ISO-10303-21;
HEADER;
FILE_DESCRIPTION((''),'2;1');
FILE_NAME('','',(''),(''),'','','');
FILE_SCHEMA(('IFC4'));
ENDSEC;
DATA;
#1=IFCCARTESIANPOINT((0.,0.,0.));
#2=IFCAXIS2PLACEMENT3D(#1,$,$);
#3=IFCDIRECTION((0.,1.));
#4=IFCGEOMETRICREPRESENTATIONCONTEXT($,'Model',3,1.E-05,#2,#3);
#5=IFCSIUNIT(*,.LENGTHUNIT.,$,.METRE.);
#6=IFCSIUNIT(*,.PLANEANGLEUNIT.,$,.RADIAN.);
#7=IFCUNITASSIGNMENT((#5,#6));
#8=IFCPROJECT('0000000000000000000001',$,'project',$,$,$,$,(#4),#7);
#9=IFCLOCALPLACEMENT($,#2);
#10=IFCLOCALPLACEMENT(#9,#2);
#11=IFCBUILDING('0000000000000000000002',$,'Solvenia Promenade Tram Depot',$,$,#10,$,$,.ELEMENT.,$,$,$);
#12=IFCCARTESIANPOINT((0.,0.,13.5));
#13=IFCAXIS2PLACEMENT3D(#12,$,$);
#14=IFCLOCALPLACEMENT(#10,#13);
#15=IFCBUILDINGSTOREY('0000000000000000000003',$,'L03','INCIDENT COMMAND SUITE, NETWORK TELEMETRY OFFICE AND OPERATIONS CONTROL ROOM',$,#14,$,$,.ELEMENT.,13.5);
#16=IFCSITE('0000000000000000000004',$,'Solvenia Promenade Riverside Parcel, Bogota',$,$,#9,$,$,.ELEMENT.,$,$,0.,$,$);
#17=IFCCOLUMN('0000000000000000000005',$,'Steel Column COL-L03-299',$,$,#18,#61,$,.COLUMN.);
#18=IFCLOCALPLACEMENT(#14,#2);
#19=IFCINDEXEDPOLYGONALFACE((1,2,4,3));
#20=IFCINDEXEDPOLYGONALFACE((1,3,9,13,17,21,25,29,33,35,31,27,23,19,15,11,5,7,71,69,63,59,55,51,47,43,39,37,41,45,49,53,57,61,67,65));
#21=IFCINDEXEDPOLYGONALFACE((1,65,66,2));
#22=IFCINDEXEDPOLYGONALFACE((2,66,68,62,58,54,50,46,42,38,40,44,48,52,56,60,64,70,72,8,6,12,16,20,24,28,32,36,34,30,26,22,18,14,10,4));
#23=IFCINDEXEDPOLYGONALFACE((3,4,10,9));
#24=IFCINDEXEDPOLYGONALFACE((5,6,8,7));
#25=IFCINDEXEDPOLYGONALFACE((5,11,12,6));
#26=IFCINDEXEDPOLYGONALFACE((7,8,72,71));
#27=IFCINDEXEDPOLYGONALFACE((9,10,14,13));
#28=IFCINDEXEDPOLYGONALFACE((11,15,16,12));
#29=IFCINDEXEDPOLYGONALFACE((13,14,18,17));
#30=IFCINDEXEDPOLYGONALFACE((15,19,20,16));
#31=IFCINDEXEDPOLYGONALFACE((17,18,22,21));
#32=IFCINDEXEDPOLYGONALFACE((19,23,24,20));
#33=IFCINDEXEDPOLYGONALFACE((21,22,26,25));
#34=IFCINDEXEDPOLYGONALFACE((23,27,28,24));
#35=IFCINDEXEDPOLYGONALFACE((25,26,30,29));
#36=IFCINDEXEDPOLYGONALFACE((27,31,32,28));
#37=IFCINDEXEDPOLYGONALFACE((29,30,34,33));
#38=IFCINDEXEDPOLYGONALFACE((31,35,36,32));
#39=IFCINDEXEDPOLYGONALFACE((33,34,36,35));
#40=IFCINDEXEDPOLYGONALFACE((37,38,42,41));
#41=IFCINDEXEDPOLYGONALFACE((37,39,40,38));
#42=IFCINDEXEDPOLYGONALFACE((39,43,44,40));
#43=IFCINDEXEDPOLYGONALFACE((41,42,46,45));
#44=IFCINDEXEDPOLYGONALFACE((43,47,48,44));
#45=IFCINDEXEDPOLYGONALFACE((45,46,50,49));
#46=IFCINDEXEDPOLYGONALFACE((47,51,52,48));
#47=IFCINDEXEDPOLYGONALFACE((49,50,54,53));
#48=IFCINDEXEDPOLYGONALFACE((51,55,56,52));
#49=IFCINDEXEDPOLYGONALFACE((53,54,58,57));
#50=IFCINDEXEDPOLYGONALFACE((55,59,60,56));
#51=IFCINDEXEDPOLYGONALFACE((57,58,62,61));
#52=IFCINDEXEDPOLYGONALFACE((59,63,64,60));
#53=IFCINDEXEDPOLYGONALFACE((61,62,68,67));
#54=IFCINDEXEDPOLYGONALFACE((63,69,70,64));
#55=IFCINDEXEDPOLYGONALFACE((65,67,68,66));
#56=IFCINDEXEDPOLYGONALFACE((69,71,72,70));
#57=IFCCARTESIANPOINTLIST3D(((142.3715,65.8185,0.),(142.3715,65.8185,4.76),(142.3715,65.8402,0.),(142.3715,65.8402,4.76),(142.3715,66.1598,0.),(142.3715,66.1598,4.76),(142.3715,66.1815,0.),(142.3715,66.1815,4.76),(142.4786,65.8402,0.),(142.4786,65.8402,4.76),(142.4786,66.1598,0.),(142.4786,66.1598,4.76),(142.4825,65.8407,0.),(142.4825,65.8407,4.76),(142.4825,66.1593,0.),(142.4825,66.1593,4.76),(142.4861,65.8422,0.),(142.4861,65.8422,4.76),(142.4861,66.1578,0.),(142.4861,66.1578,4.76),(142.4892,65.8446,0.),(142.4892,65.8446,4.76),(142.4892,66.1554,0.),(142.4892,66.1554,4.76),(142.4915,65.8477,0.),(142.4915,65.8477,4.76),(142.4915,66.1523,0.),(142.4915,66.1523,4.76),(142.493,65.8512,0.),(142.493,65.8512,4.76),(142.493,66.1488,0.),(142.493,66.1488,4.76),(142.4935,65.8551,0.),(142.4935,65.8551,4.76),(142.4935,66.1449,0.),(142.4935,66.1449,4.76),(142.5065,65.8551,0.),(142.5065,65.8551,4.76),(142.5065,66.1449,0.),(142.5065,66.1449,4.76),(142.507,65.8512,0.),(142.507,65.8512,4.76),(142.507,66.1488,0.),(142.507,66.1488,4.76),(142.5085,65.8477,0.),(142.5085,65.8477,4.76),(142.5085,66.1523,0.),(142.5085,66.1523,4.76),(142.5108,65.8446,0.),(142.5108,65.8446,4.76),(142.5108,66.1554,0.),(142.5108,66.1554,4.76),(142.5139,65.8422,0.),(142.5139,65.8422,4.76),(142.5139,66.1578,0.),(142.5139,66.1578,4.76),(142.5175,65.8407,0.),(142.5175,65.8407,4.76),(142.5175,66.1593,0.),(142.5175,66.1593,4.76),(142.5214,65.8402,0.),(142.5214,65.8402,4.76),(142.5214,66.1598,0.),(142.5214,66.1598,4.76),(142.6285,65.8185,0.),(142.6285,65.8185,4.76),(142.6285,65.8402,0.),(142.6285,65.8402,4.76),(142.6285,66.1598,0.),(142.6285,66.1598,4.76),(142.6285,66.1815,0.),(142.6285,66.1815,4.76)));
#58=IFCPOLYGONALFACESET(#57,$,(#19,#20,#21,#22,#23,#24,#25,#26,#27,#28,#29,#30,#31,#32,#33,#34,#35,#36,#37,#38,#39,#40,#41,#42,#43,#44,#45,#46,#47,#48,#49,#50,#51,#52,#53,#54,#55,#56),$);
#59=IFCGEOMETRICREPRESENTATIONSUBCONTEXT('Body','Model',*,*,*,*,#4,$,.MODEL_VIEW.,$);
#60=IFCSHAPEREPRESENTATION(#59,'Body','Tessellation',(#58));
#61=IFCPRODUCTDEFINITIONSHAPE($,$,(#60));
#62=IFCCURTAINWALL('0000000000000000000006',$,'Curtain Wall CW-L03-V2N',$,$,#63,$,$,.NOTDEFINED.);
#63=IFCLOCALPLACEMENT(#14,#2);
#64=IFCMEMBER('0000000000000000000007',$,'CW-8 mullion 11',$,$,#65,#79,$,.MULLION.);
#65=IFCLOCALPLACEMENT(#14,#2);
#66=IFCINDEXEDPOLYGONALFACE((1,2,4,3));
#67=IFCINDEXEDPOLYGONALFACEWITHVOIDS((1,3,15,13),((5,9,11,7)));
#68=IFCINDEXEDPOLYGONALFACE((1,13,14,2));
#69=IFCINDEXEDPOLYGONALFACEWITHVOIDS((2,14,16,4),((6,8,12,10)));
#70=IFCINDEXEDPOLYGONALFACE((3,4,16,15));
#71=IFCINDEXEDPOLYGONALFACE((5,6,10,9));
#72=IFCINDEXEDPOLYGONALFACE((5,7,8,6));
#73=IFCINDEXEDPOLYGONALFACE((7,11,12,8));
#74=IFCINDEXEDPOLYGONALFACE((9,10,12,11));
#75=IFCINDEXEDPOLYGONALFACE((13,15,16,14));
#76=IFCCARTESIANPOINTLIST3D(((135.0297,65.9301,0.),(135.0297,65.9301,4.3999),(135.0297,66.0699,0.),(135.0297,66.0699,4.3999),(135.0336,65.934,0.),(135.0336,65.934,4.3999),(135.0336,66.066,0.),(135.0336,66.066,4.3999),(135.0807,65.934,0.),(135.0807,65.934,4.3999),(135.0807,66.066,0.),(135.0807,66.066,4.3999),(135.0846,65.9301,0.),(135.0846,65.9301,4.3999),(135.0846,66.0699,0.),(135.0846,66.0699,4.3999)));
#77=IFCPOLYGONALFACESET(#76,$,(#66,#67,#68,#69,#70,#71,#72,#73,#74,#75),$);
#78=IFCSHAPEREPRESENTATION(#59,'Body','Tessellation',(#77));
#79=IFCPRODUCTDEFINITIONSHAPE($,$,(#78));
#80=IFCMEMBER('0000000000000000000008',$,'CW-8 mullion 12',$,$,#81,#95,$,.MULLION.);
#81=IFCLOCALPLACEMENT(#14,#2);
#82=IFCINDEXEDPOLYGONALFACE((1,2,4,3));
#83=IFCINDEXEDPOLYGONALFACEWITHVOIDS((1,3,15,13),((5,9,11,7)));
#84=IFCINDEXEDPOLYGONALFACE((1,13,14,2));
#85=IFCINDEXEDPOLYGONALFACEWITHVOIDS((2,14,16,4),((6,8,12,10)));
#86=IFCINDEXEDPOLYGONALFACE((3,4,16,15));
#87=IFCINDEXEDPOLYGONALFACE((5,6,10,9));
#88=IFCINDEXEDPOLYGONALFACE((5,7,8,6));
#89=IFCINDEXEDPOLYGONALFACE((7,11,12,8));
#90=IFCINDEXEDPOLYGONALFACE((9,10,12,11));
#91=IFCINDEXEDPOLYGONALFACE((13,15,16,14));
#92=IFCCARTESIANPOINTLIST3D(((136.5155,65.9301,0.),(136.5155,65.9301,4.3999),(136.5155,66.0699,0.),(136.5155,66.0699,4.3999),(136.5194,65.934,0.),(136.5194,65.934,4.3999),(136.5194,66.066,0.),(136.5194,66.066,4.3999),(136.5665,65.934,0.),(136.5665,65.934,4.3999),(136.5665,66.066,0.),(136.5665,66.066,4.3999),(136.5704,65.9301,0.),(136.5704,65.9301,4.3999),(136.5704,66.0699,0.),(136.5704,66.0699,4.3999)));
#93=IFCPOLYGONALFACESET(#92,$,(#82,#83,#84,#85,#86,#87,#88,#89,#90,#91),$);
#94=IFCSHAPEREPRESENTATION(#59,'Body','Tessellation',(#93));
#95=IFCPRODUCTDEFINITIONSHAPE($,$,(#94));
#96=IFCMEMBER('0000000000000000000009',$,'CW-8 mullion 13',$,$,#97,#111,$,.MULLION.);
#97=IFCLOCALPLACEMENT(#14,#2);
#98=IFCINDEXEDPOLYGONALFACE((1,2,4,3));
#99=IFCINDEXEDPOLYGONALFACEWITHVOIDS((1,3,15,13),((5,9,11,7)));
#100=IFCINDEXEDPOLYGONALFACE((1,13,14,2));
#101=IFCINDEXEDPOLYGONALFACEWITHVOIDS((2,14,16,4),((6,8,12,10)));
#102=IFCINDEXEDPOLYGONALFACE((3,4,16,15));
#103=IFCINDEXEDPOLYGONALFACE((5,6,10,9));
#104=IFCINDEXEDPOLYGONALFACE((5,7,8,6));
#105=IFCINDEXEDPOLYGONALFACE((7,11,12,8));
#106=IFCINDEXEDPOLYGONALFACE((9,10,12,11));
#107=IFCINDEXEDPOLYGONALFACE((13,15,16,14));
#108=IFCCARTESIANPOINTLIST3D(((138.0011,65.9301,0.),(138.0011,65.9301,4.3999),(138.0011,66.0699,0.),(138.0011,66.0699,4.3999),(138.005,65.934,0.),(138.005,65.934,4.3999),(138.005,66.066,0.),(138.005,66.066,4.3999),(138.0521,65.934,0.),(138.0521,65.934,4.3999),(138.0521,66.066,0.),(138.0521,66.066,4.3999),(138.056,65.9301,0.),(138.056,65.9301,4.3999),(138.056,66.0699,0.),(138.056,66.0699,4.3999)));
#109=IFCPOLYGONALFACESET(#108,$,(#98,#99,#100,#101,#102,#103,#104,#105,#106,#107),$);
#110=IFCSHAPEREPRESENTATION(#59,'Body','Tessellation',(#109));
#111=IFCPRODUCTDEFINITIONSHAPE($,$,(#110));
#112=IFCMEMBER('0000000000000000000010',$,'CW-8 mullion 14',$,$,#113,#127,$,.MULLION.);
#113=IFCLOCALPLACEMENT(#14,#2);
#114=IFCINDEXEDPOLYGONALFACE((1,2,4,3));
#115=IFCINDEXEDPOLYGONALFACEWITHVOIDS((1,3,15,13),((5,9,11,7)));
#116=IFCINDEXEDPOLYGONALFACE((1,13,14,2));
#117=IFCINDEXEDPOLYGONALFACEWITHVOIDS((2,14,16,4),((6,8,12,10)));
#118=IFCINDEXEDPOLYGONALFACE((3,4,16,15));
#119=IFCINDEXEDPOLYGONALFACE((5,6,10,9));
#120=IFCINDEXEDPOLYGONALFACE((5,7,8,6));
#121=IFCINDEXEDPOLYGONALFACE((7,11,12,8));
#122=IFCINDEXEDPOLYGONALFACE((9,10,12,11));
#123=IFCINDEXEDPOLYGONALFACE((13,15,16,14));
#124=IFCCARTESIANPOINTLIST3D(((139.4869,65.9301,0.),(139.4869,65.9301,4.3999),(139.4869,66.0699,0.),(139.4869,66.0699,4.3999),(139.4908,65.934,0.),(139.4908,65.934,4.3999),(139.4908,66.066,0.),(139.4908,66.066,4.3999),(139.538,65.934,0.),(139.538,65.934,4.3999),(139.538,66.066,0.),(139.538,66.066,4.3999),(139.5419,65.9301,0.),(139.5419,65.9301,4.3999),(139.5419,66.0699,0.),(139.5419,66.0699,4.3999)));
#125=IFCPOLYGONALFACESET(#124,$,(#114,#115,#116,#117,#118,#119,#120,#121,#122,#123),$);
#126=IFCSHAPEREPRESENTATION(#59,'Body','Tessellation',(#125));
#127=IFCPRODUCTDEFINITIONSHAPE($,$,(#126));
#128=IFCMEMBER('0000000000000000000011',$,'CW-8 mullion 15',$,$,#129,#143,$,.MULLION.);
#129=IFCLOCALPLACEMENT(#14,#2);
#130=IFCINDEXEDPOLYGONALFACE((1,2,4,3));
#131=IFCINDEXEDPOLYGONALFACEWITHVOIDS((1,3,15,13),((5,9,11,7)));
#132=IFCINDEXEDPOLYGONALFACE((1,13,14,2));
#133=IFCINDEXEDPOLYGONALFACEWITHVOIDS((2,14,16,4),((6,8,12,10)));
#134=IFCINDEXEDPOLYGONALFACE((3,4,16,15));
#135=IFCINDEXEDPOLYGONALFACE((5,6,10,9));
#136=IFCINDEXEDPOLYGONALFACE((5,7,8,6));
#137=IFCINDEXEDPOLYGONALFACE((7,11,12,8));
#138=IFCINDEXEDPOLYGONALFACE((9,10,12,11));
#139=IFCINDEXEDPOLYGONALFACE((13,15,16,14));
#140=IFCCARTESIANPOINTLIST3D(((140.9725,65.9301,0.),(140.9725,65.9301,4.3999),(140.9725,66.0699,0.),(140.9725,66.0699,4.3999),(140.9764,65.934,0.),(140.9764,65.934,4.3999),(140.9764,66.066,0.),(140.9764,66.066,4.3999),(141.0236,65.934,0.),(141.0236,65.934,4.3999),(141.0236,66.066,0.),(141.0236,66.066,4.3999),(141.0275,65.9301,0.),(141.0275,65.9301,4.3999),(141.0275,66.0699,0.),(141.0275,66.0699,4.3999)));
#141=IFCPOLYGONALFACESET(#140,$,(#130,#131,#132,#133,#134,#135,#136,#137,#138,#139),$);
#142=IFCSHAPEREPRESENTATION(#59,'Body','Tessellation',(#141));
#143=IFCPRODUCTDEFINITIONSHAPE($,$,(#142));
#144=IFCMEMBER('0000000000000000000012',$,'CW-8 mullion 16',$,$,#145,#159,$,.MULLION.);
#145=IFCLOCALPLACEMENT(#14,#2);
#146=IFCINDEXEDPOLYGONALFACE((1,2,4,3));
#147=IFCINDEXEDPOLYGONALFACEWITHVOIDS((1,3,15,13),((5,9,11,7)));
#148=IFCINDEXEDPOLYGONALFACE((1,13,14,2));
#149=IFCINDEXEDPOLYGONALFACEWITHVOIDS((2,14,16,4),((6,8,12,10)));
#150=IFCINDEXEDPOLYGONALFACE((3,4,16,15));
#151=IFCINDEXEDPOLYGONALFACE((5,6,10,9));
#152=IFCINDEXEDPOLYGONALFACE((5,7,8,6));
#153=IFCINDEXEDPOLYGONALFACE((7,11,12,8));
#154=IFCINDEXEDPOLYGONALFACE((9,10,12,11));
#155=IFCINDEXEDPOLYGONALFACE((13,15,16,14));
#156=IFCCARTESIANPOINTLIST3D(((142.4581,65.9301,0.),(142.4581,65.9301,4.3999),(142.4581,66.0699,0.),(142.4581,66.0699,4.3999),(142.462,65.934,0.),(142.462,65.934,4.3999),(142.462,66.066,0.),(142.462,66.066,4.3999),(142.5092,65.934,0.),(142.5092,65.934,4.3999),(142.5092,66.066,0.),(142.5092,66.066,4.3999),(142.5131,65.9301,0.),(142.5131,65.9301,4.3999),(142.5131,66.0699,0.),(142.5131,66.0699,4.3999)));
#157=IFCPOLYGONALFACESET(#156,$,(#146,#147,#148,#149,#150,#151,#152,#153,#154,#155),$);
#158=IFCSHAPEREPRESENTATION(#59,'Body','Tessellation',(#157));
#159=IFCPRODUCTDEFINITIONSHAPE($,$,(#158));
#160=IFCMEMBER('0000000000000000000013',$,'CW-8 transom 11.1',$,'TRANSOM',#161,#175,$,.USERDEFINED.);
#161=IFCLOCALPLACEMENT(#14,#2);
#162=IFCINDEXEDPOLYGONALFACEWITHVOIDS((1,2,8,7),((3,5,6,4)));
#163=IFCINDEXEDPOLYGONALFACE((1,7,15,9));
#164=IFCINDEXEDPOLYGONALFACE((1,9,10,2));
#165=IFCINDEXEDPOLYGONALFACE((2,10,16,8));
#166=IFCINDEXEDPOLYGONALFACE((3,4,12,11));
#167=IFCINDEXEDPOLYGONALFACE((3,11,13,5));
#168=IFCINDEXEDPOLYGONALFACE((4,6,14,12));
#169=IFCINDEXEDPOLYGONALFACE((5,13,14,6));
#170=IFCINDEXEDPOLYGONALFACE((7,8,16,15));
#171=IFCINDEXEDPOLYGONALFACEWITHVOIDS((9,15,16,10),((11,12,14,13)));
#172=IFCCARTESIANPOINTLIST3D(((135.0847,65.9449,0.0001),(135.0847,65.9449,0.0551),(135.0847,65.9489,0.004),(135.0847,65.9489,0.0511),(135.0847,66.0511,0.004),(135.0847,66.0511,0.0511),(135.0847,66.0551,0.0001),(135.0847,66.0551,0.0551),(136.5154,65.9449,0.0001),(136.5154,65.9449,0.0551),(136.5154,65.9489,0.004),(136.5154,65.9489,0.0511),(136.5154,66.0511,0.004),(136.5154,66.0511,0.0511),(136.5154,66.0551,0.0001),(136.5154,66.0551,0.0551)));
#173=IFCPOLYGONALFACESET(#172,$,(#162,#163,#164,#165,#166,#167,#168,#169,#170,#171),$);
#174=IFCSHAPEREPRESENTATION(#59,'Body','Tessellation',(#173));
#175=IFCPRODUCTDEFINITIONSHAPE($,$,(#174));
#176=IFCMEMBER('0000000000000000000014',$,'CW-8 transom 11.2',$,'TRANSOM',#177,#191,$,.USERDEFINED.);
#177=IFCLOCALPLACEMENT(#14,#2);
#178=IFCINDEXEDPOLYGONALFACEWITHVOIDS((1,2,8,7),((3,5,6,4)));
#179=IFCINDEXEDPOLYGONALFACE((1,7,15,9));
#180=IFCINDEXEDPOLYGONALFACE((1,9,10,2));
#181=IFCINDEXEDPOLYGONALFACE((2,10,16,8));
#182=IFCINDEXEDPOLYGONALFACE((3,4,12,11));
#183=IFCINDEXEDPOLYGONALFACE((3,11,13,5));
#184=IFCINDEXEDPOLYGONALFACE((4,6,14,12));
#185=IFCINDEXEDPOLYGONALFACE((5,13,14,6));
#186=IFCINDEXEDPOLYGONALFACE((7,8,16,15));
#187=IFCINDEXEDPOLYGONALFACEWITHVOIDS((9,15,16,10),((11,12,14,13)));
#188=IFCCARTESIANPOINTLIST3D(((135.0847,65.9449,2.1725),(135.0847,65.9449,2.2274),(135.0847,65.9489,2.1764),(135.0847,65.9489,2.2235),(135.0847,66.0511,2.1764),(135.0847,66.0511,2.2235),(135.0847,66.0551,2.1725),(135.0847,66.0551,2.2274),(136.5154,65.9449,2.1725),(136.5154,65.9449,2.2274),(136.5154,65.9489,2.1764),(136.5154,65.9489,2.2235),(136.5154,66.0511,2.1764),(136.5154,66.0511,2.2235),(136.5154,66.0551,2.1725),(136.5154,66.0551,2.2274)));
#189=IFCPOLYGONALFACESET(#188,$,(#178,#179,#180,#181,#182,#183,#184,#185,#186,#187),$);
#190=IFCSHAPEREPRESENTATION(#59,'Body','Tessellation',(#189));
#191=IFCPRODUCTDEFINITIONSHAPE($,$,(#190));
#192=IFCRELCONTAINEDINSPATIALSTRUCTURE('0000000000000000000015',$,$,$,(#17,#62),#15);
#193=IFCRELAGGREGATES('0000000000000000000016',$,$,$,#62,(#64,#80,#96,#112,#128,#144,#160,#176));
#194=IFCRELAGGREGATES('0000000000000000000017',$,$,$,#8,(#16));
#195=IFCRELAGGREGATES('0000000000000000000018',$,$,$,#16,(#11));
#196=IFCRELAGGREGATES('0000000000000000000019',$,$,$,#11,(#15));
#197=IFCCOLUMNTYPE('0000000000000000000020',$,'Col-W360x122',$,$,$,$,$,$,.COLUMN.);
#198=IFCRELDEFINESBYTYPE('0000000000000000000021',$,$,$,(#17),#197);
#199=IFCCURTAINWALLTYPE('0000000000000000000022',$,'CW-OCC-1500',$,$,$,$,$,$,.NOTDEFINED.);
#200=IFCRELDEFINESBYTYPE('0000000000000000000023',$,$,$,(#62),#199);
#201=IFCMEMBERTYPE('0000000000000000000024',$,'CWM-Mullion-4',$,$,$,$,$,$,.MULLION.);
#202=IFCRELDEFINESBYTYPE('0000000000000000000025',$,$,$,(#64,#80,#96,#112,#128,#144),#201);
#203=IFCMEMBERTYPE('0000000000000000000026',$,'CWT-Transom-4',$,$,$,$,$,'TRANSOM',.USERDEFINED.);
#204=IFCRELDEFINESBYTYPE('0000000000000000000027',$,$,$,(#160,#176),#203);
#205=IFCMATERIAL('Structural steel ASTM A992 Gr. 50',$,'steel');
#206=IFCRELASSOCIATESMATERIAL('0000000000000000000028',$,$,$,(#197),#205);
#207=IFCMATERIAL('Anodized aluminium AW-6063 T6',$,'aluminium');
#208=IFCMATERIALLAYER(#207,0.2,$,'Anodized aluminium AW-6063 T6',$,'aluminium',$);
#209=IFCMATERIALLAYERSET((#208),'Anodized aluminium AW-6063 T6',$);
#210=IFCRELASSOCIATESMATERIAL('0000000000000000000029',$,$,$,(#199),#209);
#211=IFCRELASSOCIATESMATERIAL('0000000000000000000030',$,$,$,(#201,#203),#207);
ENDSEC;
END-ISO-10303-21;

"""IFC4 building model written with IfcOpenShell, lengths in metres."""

from ifc_helpers import new_model, si_unit, direction, frame, origin, origin_2d, place, context, subcontext, project, spatial, hollow_rectangle, i_section, extrude, material, layer, layer_set, material_profile, profile_set, type_object, element, aggregate, save


model = new_model("IFC4")

# Units and contexts
model_context = context("Model", 3, precision=1e-05, world=origin(), true_north=direction((0.0, 1.0)))
body_context = subcontext(model_context, "Body", "Model", "MODEL_VIEW")
ifc_project = project(units=[si_unit("LENGTHUNIT", "METRE"), si_unit("PLANEANGLEUNIT", "RADIAN")], contexts=[model_context])

# Site, building, storey
site_placement = place(None, origin())
site = spatial("IfcSite", under=ifc_project, at=site_placement, Name="Solvenia Promenade Riverside Parcel, Bogota", CompositionType="ELEMENT", RefElevation=0.0)
building_placement = place(site_placement, origin())
building = spatial("IfcBuilding", under=site, at=building_placement, Name="Solvenia Promenade Tram Depot", CompositionType="ELEMENT")
storey_placement = place(building_placement, frame((0.0, 0.0, 13.5)))
storey = spatial("IfcBuildingStorey", under=building, at=storey_placement, Name="L03", Description="INCIDENT COMMAND SUITE, NETWORK TELEMETRY OFFICE AND OPERATIONS CONTROL ROOM", CompositionType="ELEMENT", Elevation=13.5)

# Column
ifc_material_1 = material(Name="Structural steel ASTM A992 Gr. 50", Category="steel")
ifc_material_profile_1 = material_profile(ifc_material_1, i_section(OverallWidth=0.2571, OverallDepth=0.363, WebThickness=0.0129, FlangeThickness=0.0217, FilletRadius=0.0149, at=origin_2d()), Name="W360x122", Category="steel")
ifc_profile_set_1 = profile_set([ifc_material_profile_1], Name="Structural steel ASTM A992 Gr. 50")
column_type = type_object("IfcColumnType", Name="Col-W360x122", PredefinedType="COLUMN", material=ifc_profile_set_1)
column_placement = place(storey_placement, frame((142.5, 66.0, 0.0), z_axis=(0.0, 0.0, 1.0), x_axis=(1.0, 0.0, 0.0)))
element("IfcColumn", 1, at=column_placement, inside=storey, type_object=column_type, Name="Steel Column COL-L03-299", PredefinedType="COLUMN", context=body_context, shape_type="SweptSolid", body=[
    extrude(i_section(OverallWidth=0.2571, OverallDepth=0.363, WebThickness=0.0129, FlangeThickness=0.0217, FilletRadius=0.0149, at=origin_2d()), origin(), (0.0, 0.0, 1.0), 4.76),
])

# Curtain wall, members
ifc_material_2 = material(Name="Anodized aluminium AW-6063 T6", Category="aluminium")
ifc_layer_1 = layer(ifc_material_2, 0.2, Name="Anodized aluminium AW-6063 T6", Category="aluminium")
ifc_layer_set_1 = layer_set([ifc_layer_1], Name="Anodized aluminium AW-6063 T6")
curtain_wall_type = type_object("IfcCurtainWallType", Name="CW-OCC-1500", PredefinedType="NOTDEFINED", material=ifc_layer_set_1)
curtain_wall_placement = place(storey_placement, origin())
curtain_wall = element("IfcCurtainWall", 2, at=curtain_wall_placement, inside=storey, type_object=curtain_wall_type, Name="Curtain Wall CW-L03-V2N", PredefinedType="NOTDEFINED")
ifc_material_profile_2 = material_profile(ifc_material_2, hollow_rectangle(XDim=0.1399, YDim=0.0549, WallThickness=0.0039, at=origin_2d()), Name="ALU-M4", Category="aluminium")
ifc_profile_set_2 = profile_set([ifc_material_profile_2], Name="Anodized aluminium AW-6063 T6")
member_type_1 = type_object("IfcMemberType", Name="CWM-Mullion-4", PredefinedType="MULLION", material=ifc_profile_set_2)
member_1_placement = place(storey_placement, frame((135.0571, 66.0, 0.0), z_axis=(0.0, 0.0, 1.0), x_axis=(0.0, 1.0, 0.0)))
member_1 = element("IfcMember", 3, at=member_1_placement, type_object=member_type_1, Name="CW-8 mullion 11", PredefinedType="MULLION", context=body_context, shape_type="SweptSolid", body=[
    extrude(hollow_rectangle(XDim=0.1399, YDim=0.0549, WallThickness=0.0039, at=origin_2d()), origin(), (0.0, 0.0, 1.0), 4.3999),
])
member_2_placement = place(storey_placement, frame((136.543, 66.0, 0.0), z_axis=(0.0, 0.0, 1.0), x_axis=(0.0, 1.0, 0.0)))
member_2 = element("IfcMember", 4, at=member_2_placement, type_object=member_type_1, Name="CW-8 mullion 12", PredefinedType="MULLION", context=body_context, shape_type="SweptSolid", body=[
    extrude(hollow_rectangle(XDim=0.1399, YDim=0.0549, WallThickness=0.0039, at=origin_2d()), origin(), (0.0, 0.0, 1.0), 4.3999),
])
member_3_placement = place(storey_placement, frame((138.0286, 66.0, 0.0), z_axis=(0.0, 0.0, 1.0), x_axis=(0.0, 1.0, 0.0)))
member_3 = element("IfcMember", 5, at=member_3_placement, type_object=member_type_1, Name="CW-8 mullion 13", PredefinedType="MULLION", context=body_context, shape_type="SweptSolid", body=[
    extrude(hollow_rectangle(XDim=0.1399, YDim=0.0549, WallThickness=0.0039, at=origin_2d()), origin(), (0.0, 0.0, 1.0), 4.3999),
])
member_4_placement = place(storey_placement, frame((139.5144, 66.0, 0.0), z_axis=(0.0, 0.0, 1.0), x_axis=(0.0, 1.0, 0.0)))
member_4 = element("IfcMember", 6, at=member_4_placement, type_object=member_type_1, Name="CW-8 mullion 14", PredefinedType="MULLION", context=body_context, shape_type="SweptSolid", body=[
    extrude(hollow_rectangle(XDim=0.1399, YDim=0.0549, WallThickness=0.0039, at=origin_2d()), origin(), (0.0, 0.0, 1.0), 4.3999),
])
member_5_placement = place(storey_placement, frame((141.0, 66.0, 0.0), z_axis=(0.0, 0.0, 1.0), x_axis=(0.0, 1.0, 0.0)))
member_5 = element("IfcMember", 7, at=member_5_placement, type_object=member_type_1, Name="CW-8 mullion 15", PredefinedType="MULLION", context=body_context, shape_type="SweptSolid", body=[
    extrude(hollow_rectangle(XDim=0.1399, YDim=0.0549, WallThickness=0.0039, at=origin_2d()), origin(), (0.0, 0.0, 1.0), 4.3999),
])
member_6_placement = place(storey_placement, frame((142.4856, 66.0, 0.0), z_axis=(0.0, 0.0, 1.0), x_axis=(0.0, 1.0, 0.0)))
member_6 = element("IfcMember", 8, at=member_6_placement, type_object=member_type_1, Name="CW-8 mullion 16", PredefinedType="MULLION", context=body_context, shape_type="SweptSolid", body=[
    extrude(hollow_rectangle(XDim=0.1399, YDim=0.0549, WallThickness=0.0039, at=origin_2d()), origin(), (0.0, 0.0, 1.0), 4.3999),
])
ifc_material_profile_3 = material_profile(ifc_material_2, hollow_rectangle(XDim=0.1101, YDim=0.0549, WallThickness=0.0039, at=origin_2d()), Name="ALU-T4", Category="aluminium")
ifc_profile_set_3 = profile_set([ifc_material_profile_3], Name="Anodized aluminium AW-6063 T6")
member_type_2 = type_object("IfcMemberType", Name="CWT-Transom-4", ElementType="TRANSOM", PredefinedType="USERDEFINED", material=ifc_profile_set_3)
member_7_placement = place(storey_placement, frame((135.0847, 66.0, 0.0276), z_axis=(1.0, 0.0, 0.0), x_axis=(0.0, 1.0, 0.0)))
member_7 = element("IfcMember", 9, at=member_7_placement, type_object=member_type_2, Name="CW-8 transom 11.1", ObjectType="TRANSOM", PredefinedType="USERDEFINED", context=body_context, shape_type="SweptSolid", body=[
    extrude(hollow_rectangle(XDim=0.1101, YDim=0.0549, WallThickness=0.0039, at=origin_2d()), origin(), (0.0, 0.0, 1.0), 1.4307),
])
member_8_placement = place(storey_placement, frame((135.0847, 66.0, 2.2), z_axis=(1.0, 0.0, 0.0), x_axis=(0.0, 1.0, 0.0)))
member_8 = element("IfcMember", 10, at=member_8_placement, type_object=member_type_2, Name="CW-8 transom 11.2", ObjectType="TRANSOM", PredefinedType="USERDEFINED", context=body_context, shape_type="SweptSolid", body=[
    extrude(hollow_rectangle(XDim=0.1101, YDim=0.0549, WallThickness=0.0039, at=origin_2d()), origin(), (0.0, 0.0, 1.0), 1.4307),
])

aggregate(curtain_wall, [member_1, member_2, member_3, member_4, member_5, member_6, member_7, member_8])

save(model, "model.ifc")
